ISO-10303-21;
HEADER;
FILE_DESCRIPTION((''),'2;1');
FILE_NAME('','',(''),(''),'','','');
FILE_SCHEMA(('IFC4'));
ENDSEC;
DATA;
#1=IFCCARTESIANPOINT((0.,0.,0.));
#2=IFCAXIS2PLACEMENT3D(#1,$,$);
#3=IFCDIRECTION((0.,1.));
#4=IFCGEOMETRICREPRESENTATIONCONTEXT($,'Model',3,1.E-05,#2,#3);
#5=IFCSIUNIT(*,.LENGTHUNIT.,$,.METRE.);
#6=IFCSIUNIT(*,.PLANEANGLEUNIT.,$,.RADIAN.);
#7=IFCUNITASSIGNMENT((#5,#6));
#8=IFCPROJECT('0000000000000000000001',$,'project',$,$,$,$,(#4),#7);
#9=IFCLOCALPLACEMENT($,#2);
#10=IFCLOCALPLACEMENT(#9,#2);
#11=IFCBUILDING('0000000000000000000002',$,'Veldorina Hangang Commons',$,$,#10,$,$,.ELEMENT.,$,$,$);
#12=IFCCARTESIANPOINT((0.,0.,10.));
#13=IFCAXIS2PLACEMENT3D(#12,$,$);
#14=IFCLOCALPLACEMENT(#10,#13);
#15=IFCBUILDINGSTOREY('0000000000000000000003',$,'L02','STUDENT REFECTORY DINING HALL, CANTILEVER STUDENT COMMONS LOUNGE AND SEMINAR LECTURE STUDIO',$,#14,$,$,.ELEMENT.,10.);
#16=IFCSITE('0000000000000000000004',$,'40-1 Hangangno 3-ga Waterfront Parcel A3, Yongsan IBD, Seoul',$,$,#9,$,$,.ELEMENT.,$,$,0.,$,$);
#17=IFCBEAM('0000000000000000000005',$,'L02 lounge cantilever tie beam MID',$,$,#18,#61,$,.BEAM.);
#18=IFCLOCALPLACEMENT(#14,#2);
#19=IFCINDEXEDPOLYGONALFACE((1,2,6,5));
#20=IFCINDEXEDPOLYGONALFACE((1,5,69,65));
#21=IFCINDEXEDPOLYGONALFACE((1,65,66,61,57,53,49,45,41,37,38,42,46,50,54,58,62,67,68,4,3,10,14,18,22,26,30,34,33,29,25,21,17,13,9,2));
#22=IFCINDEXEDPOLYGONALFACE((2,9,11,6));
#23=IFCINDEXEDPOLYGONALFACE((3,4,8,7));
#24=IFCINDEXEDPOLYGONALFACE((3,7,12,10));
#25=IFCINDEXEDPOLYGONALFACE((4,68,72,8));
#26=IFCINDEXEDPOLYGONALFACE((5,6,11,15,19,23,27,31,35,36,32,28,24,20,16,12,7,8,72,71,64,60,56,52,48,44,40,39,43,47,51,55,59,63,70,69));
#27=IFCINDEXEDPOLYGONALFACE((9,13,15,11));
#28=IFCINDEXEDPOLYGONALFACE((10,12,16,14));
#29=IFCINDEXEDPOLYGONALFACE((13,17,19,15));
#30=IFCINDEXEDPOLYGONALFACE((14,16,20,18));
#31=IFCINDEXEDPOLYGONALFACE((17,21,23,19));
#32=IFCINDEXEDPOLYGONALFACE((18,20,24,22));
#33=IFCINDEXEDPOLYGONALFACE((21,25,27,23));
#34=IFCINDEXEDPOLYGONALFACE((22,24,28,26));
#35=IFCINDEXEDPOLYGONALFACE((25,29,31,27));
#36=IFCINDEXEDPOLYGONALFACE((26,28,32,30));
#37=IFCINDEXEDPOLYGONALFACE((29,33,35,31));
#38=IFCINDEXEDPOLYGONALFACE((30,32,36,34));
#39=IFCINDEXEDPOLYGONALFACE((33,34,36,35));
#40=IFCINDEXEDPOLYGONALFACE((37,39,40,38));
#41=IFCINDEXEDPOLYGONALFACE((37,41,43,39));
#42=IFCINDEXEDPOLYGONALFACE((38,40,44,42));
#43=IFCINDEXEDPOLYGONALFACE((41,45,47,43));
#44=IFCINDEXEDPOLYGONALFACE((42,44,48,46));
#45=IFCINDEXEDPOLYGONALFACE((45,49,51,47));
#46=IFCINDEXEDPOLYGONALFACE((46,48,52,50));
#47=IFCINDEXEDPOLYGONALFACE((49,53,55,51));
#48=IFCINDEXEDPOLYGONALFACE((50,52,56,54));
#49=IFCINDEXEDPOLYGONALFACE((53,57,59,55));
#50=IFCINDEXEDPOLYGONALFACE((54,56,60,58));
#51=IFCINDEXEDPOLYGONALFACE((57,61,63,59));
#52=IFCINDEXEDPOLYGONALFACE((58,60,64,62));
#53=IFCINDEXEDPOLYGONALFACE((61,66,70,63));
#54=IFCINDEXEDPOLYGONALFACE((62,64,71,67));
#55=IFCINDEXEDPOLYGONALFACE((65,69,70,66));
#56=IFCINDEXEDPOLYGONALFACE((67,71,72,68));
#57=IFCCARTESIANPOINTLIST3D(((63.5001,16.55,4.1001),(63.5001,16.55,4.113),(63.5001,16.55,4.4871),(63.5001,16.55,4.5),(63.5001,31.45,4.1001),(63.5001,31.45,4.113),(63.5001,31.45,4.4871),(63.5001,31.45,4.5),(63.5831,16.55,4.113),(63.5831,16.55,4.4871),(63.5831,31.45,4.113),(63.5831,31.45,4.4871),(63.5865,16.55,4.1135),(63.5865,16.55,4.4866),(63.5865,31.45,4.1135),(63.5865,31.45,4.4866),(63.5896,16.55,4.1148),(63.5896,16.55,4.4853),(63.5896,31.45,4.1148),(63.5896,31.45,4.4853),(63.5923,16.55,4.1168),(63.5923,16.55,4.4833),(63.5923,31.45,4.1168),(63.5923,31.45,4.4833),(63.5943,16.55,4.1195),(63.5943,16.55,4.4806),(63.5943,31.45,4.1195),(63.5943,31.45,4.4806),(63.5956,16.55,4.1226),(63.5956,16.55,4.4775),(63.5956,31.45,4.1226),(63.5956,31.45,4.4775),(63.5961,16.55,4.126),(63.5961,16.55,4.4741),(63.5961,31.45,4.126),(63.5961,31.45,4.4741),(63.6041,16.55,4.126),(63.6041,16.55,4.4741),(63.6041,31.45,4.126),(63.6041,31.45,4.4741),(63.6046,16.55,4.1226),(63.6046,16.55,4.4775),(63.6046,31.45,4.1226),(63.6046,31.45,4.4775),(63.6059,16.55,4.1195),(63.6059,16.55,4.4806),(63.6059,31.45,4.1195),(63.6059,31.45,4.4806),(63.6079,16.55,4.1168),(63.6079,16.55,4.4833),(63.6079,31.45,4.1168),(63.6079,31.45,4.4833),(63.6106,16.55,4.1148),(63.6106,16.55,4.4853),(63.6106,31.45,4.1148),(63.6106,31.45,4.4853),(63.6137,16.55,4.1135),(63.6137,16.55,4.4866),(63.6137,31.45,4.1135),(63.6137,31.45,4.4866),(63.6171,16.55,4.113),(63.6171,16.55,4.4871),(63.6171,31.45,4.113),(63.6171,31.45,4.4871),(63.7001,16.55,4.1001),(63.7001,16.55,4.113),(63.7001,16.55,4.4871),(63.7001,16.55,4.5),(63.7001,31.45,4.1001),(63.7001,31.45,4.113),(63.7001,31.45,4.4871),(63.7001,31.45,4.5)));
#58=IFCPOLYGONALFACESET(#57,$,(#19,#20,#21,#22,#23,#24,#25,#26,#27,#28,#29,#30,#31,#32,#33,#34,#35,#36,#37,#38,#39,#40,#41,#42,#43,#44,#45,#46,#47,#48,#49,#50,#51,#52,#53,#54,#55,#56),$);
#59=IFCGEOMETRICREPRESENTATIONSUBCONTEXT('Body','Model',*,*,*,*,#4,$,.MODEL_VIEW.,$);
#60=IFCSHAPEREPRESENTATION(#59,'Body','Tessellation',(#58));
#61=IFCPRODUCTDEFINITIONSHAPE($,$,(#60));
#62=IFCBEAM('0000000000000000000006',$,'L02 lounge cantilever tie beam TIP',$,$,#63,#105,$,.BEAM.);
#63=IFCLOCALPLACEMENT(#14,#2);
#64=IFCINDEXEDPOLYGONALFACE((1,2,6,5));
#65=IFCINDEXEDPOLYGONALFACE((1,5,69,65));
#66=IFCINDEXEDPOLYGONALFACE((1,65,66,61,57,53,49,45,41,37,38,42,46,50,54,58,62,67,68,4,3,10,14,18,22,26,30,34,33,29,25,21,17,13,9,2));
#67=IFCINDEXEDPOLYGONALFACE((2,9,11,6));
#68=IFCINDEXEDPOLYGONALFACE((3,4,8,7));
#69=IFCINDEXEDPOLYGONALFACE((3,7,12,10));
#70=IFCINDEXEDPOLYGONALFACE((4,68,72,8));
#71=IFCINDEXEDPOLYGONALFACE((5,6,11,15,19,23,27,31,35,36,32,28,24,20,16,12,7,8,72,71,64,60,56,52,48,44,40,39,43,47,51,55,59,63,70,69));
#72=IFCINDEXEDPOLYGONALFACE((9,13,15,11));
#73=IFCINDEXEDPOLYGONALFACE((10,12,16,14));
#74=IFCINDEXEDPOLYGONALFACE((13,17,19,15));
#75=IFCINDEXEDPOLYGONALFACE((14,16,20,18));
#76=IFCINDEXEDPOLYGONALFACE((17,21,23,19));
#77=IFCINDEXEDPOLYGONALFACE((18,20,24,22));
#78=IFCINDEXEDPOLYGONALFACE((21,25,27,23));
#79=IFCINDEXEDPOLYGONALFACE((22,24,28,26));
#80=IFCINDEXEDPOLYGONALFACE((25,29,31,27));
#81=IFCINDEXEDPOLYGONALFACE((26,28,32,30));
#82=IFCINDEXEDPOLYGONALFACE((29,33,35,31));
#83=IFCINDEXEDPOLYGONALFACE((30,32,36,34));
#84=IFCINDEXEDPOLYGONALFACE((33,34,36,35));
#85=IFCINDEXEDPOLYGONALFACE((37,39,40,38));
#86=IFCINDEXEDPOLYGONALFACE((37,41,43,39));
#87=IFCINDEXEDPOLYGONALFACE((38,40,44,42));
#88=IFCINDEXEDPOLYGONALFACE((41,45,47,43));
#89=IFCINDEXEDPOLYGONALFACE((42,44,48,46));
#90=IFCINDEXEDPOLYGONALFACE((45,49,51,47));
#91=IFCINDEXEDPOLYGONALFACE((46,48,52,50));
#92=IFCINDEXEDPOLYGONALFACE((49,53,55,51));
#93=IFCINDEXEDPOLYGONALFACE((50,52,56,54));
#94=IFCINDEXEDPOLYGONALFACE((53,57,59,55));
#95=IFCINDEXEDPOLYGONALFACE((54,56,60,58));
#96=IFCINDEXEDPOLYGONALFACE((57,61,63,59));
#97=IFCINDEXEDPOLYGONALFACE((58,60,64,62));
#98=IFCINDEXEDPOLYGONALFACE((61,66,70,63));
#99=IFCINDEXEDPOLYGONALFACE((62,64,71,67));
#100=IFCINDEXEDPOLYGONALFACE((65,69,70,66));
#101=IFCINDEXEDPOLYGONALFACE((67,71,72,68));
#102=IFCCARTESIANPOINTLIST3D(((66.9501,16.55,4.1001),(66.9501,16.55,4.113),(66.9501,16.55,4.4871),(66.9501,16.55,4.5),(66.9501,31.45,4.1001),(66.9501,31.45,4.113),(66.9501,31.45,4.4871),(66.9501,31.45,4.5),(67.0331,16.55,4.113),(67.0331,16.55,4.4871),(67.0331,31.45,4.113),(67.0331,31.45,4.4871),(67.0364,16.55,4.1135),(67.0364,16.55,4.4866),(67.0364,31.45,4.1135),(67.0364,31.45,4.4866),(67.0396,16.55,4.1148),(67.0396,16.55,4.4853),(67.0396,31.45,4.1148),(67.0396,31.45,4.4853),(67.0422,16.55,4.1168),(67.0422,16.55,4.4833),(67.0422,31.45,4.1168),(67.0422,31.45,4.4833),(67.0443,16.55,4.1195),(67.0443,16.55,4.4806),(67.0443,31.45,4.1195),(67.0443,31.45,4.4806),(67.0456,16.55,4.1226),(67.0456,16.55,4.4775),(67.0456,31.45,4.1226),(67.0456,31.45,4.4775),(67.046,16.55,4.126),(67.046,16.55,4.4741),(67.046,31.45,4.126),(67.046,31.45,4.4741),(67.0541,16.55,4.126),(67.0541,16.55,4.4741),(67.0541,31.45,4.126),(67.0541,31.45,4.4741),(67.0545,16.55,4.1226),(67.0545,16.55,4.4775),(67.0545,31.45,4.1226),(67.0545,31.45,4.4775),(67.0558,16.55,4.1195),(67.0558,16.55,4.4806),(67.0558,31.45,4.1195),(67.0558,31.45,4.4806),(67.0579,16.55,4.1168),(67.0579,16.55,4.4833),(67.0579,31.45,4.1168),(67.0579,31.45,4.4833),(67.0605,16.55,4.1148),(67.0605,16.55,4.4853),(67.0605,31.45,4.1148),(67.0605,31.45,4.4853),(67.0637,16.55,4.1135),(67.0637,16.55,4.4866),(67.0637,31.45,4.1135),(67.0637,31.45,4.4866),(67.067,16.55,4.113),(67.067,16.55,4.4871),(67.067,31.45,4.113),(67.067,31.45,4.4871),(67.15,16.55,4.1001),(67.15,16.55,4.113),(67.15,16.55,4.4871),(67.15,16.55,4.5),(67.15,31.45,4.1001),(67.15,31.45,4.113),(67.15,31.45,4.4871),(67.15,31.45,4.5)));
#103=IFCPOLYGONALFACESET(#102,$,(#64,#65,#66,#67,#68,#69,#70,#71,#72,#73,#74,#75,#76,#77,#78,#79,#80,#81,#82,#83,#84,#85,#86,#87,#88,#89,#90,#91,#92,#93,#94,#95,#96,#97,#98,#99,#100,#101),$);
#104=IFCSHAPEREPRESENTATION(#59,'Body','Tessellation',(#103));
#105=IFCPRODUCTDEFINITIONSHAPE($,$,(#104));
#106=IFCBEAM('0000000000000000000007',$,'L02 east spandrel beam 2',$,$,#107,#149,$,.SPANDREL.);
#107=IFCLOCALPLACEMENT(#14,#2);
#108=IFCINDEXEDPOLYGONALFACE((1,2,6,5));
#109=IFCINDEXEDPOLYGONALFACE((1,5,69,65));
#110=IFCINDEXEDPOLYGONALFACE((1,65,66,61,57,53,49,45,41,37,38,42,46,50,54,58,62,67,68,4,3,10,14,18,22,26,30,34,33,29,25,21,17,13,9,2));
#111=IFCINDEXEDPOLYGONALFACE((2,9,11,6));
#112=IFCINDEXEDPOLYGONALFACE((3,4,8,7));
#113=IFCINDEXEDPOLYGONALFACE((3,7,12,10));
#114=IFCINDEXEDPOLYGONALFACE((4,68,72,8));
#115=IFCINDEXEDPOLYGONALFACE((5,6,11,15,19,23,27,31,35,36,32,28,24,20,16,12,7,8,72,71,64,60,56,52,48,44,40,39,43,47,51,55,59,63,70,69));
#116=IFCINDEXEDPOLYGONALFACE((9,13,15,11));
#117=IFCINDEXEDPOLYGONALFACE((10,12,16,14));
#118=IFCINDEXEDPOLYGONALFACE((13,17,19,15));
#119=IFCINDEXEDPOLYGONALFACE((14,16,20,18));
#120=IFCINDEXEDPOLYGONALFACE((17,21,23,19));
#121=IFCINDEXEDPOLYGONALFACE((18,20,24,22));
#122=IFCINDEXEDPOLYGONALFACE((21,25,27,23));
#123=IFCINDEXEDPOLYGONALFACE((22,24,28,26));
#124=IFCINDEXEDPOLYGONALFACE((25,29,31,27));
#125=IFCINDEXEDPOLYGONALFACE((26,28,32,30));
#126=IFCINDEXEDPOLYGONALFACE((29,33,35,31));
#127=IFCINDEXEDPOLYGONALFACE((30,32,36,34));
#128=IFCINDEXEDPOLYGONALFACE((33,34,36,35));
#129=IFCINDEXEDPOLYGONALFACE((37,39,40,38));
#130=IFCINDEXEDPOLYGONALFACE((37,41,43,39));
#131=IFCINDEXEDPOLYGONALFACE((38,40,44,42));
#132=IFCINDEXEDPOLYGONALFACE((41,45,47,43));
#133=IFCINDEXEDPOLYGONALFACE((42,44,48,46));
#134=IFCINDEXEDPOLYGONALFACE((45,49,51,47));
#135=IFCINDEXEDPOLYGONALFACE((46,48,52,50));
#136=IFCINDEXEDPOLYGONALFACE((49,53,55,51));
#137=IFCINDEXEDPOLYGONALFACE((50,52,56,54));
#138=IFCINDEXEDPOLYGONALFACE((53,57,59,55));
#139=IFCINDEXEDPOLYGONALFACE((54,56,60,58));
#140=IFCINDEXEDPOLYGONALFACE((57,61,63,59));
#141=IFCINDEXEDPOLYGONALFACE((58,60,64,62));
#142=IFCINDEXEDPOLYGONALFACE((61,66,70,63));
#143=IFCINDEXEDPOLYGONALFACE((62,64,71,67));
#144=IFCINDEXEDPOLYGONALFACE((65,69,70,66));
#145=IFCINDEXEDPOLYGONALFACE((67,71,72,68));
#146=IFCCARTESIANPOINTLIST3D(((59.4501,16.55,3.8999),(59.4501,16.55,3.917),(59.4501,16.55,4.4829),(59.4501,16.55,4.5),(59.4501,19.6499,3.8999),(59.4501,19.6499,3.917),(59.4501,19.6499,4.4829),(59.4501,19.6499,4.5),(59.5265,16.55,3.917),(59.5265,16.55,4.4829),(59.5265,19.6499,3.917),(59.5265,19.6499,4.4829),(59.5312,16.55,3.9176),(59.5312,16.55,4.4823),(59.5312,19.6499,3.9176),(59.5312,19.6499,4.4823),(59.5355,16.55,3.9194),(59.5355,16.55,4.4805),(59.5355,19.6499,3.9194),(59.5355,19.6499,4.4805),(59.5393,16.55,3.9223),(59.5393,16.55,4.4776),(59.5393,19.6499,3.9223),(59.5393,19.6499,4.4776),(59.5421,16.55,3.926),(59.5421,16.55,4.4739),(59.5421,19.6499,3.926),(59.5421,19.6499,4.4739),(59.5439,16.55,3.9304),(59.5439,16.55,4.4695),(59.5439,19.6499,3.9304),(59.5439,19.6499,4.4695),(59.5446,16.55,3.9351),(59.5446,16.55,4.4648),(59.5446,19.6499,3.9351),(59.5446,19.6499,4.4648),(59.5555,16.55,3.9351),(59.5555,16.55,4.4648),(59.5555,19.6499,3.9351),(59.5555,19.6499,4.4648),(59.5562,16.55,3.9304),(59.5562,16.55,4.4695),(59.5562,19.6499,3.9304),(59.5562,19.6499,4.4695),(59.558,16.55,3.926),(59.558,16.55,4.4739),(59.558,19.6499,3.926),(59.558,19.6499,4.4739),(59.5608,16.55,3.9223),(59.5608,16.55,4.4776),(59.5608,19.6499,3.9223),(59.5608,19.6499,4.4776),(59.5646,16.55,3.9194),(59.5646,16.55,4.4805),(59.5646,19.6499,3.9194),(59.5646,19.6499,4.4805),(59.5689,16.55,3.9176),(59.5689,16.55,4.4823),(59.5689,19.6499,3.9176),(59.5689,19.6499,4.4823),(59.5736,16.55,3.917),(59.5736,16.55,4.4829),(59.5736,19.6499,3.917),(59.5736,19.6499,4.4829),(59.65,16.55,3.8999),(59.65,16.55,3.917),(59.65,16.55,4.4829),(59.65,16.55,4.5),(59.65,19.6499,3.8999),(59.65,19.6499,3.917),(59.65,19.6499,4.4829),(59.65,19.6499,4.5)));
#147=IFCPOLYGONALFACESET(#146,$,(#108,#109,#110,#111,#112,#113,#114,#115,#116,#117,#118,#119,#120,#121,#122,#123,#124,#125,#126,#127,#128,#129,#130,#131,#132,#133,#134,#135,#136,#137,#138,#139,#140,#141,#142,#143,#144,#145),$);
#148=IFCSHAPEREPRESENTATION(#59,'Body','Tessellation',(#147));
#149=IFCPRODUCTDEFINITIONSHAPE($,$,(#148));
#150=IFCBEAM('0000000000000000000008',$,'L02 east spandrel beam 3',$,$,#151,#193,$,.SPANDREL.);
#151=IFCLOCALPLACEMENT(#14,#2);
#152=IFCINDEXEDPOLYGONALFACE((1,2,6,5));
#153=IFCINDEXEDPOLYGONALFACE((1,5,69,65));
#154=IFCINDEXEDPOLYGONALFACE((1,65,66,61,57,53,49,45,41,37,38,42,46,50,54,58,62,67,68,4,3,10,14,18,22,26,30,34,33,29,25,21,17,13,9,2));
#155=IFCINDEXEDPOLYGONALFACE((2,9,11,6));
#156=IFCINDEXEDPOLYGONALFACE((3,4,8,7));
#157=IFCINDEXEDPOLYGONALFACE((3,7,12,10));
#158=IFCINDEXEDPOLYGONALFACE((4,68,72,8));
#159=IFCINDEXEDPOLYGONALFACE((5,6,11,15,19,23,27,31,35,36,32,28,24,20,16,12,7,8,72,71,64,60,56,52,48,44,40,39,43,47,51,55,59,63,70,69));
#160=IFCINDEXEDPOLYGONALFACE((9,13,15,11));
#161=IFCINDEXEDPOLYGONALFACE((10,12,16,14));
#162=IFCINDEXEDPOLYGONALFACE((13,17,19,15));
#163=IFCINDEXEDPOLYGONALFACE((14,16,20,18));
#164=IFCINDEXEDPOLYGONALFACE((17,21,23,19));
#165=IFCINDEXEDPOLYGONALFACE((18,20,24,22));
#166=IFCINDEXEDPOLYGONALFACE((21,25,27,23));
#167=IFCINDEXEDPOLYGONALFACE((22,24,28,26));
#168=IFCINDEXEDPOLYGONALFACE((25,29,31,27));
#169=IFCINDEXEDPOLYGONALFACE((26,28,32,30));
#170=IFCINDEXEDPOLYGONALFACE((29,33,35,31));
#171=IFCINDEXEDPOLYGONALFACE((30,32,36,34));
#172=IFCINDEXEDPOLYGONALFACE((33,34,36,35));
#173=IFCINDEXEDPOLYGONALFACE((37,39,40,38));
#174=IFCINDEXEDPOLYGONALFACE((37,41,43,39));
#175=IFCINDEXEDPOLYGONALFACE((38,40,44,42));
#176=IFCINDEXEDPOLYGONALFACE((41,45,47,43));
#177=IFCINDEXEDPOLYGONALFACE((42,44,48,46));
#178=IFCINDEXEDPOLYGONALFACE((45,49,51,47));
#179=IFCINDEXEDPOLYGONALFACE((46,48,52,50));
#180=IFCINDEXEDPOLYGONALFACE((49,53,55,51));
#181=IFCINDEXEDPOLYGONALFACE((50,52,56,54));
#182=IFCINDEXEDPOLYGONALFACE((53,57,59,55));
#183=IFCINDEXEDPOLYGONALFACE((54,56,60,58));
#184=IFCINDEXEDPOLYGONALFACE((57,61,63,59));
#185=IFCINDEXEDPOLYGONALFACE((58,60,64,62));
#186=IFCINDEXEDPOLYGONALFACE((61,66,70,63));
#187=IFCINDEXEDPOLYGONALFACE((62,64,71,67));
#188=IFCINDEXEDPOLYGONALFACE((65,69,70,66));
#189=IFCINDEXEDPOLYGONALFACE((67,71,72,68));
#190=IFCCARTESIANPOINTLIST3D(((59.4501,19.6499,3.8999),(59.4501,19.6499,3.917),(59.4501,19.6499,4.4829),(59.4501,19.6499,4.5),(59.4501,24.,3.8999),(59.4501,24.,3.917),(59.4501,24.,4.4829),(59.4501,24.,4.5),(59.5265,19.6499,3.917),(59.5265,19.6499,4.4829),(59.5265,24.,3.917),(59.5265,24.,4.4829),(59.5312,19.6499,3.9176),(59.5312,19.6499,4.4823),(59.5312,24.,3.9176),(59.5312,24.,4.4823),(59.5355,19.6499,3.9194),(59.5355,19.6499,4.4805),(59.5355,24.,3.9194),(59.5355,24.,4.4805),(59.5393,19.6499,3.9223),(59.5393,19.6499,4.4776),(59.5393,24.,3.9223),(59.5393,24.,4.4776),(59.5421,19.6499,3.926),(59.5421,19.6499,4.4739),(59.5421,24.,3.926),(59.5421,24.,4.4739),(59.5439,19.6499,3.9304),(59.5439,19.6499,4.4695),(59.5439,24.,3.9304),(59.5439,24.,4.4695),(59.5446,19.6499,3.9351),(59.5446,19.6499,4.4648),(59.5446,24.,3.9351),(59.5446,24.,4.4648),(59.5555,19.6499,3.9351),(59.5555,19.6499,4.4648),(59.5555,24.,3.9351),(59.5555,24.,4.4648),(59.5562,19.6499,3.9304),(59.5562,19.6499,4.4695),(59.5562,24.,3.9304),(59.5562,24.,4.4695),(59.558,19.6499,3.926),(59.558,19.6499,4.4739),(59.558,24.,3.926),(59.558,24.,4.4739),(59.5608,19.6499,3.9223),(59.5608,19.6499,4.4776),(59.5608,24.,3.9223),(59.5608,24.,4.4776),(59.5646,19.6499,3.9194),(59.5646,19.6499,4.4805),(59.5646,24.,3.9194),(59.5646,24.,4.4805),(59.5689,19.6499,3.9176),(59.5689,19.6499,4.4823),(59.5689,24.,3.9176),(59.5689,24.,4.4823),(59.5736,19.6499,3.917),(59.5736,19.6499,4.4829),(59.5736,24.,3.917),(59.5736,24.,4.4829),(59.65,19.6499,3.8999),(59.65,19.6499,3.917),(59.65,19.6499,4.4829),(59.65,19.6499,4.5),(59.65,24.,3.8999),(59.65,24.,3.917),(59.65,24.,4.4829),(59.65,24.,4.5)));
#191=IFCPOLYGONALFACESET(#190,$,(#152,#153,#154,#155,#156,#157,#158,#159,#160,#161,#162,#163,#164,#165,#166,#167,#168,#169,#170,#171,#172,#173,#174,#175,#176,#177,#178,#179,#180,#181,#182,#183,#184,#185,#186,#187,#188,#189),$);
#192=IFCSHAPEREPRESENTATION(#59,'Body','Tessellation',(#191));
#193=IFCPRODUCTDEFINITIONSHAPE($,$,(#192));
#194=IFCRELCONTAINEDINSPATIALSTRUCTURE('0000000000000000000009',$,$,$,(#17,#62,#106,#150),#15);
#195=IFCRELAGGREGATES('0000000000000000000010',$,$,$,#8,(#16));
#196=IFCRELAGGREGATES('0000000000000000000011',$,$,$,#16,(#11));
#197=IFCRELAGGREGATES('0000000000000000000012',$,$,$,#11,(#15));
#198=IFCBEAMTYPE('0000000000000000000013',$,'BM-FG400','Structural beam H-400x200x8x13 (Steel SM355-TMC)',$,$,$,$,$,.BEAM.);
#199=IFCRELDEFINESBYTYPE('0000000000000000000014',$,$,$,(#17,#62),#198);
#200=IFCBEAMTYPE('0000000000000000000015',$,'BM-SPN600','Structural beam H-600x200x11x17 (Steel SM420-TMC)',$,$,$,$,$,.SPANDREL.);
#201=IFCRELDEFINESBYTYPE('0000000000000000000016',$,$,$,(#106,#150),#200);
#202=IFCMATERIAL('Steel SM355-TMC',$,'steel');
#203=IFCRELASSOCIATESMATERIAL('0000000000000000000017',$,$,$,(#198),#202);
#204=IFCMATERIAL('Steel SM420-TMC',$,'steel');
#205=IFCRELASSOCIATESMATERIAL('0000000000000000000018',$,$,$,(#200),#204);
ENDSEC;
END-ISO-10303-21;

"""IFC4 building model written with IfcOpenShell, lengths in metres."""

from ifc_helpers import new_model, si_unit, direction, frame, origin, origin_2d, place, context, subcontext, project, spatial, i_section, extrude, material, material_profile, profile_set, type_object, element, save


model = new_model("IFC4")

# Units and contexts
model_context = context("Model", 3, precision=1e-05, world=origin(), true_north=direction((0.0, 1.0)))
body_context = subcontext(model_context, "Body", "Model", "MODEL_VIEW")
ifc_project = project(units=[si_unit("LENGTHUNIT", "METRE"), si_unit("PLANEANGLEUNIT", "RADIAN")], contexts=[model_context])

# Site, building, storey
site_placement = place(None, origin())
site = spatial("IfcSite", under=ifc_project, at=site_placement, Name="40-1 Hangangno 3-ga Waterfront Parcel A3, Yongsan IBD, Seoul", CompositionType="ELEMENT", RefElevation=0.0)
building_placement = place(site_placement, origin())
building = spatial("IfcBuilding", under=site, at=building_placement, Name="Veldorina Hangang Commons", CompositionType="ELEMENT")
storey_placement = place(building_placement, frame((0.0, 0.0, 10.0)))
storey = spatial("IfcBuildingStorey", under=building, at=storey_placement, Name="L02", Description="STUDENT REFECTORY DINING HALL, CANTILEVER STUDENT COMMONS LOUNGE AND SEMINAR LECTURE STUDIO", CompositionType="ELEMENT", Elevation=10.0)

# Shared definitions
ifc_material_1 = material(Name="Steel SM420-TMC", Category="steel")

# Beams
ifc_material_2 = material(Name="Steel SM355-TMC", Category="steel")
ifc_material_profile_1 = material_profile(ifc_material_2, i_section(OverallWidth=0.2, OverallDepth=0.3999, WebThickness=0.0081, FlangeThickness=0.0129, FilletRadius=0.0129, at=origin_2d()), Name="H-400x200x8x13")
ifc_profile_set_1 = profile_set([ifc_material_profile_1], Name="Steel SM355-TMC")
beam_type_1 = type_object("IfcBeamType", Name="BM-FG400", Description="Structural beam H-400x200x8x13 (Steel SM355-TMC)", PredefinedType="BEAM", material=ifc_profile_set_1)
for number, where, z_axis, x_axis, name in (
    (1, (63.6001, 16.55, 4.3), (0.0, 1.0, 0.0), (-1.0, 0.0, 0.0), "L02 lounge cantilever tie beam MID"),
    (2, (67.05, 16.55, 4.3), (0.0, 1.0, 0.0), (-1.0, 0.0, 0.0), "L02 lounge cantilever tie beam TIP"),
):
    element("IfcBeam", number, at=place(storey_placement, frame(where, z_axis=z_axis, x_axis=x_axis)), inside=storey, type_object=beam_type_1, Name=name, PredefinedType="BEAM", context=body_context, shape_type="SweptSolid", body=[
        extrude(i_section(OverallWidth=0.2, OverallDepth=0.3999, WebThickness=0.0081, FlangeThickness=0.0129, FilletRadius=0.0129, at=origin_2d()), origin(), (0.0, 0.0, 1.0), 14.8999),
    ])
ifc_material_profile_2 = material_profile(ifc_material_1, i_section(OverallWidth=0.2, OverallDepth=0.6001, WebThickness=0.011, FlangeThickness=0.0171, FilletRadius=0.0181, at=origin_2d()), Name="H-600x200x11x17")
ifc_profile_set_2 = profile_set([ifc_material_profile_2], Name="Steel SM420-TMC")
beam_type_2 = type_object("IfcBeamType", Name="BM-SPN600", Description="Structural beam H-600x200x11x17 (Steel SM420-TMC)", PredefinedType="SPANDREL", material=ifc_profile_set_2)
beam_1_placement = place(storey_placement, frame((59.55, 16.55, 4.2), z_axis=(0.0, 1.0, 0.0), x_axis=(-1.0, 0.0, 0.0)))
element("IfcBeam", 3, at=beam_1_placement, inside=storey, type_object=beam_type_2, Name="L02 east spandrel beam 2", PredefinedType="SPANDREL", context=body_context, shape_type="SweptSolid", body=[
    extrude(i_section(OverallWidth=0.2, OverallDepth=0.6001, WebThickness=0.011, FlangeThickness=0.0171, FilletRadius=0.0181, at=origin_2d()), origin(), (0.0, 0.0, 1.0), 3.0999),
])
beam_2_placement = place(storey_placement, frame((59.55, 19.6499, 4.2), z_axis=(0.0, 1.0, 0.0), x_axis=(-1.0, 0.0, 0.0)))
element("IfcBeam", 4, at=beam_2_placement, inside=storey, type_object=beam_type_2, Name="L02 east spandrel beam 3", PredefinedType="SPANDREL", context=body_context, shape_type="SweptSolid", body=[
    extrude(i_section(OverallWidth=0.2, OverallDepth=0.6001, WebThickness=0.011, FlangeThickness=0.0171, FilletRadius=0.0181, at=origin_2d()), origin(), (0.0, 0.0, 1.0), 4.3501),
])

save(model, "model.ifc")
